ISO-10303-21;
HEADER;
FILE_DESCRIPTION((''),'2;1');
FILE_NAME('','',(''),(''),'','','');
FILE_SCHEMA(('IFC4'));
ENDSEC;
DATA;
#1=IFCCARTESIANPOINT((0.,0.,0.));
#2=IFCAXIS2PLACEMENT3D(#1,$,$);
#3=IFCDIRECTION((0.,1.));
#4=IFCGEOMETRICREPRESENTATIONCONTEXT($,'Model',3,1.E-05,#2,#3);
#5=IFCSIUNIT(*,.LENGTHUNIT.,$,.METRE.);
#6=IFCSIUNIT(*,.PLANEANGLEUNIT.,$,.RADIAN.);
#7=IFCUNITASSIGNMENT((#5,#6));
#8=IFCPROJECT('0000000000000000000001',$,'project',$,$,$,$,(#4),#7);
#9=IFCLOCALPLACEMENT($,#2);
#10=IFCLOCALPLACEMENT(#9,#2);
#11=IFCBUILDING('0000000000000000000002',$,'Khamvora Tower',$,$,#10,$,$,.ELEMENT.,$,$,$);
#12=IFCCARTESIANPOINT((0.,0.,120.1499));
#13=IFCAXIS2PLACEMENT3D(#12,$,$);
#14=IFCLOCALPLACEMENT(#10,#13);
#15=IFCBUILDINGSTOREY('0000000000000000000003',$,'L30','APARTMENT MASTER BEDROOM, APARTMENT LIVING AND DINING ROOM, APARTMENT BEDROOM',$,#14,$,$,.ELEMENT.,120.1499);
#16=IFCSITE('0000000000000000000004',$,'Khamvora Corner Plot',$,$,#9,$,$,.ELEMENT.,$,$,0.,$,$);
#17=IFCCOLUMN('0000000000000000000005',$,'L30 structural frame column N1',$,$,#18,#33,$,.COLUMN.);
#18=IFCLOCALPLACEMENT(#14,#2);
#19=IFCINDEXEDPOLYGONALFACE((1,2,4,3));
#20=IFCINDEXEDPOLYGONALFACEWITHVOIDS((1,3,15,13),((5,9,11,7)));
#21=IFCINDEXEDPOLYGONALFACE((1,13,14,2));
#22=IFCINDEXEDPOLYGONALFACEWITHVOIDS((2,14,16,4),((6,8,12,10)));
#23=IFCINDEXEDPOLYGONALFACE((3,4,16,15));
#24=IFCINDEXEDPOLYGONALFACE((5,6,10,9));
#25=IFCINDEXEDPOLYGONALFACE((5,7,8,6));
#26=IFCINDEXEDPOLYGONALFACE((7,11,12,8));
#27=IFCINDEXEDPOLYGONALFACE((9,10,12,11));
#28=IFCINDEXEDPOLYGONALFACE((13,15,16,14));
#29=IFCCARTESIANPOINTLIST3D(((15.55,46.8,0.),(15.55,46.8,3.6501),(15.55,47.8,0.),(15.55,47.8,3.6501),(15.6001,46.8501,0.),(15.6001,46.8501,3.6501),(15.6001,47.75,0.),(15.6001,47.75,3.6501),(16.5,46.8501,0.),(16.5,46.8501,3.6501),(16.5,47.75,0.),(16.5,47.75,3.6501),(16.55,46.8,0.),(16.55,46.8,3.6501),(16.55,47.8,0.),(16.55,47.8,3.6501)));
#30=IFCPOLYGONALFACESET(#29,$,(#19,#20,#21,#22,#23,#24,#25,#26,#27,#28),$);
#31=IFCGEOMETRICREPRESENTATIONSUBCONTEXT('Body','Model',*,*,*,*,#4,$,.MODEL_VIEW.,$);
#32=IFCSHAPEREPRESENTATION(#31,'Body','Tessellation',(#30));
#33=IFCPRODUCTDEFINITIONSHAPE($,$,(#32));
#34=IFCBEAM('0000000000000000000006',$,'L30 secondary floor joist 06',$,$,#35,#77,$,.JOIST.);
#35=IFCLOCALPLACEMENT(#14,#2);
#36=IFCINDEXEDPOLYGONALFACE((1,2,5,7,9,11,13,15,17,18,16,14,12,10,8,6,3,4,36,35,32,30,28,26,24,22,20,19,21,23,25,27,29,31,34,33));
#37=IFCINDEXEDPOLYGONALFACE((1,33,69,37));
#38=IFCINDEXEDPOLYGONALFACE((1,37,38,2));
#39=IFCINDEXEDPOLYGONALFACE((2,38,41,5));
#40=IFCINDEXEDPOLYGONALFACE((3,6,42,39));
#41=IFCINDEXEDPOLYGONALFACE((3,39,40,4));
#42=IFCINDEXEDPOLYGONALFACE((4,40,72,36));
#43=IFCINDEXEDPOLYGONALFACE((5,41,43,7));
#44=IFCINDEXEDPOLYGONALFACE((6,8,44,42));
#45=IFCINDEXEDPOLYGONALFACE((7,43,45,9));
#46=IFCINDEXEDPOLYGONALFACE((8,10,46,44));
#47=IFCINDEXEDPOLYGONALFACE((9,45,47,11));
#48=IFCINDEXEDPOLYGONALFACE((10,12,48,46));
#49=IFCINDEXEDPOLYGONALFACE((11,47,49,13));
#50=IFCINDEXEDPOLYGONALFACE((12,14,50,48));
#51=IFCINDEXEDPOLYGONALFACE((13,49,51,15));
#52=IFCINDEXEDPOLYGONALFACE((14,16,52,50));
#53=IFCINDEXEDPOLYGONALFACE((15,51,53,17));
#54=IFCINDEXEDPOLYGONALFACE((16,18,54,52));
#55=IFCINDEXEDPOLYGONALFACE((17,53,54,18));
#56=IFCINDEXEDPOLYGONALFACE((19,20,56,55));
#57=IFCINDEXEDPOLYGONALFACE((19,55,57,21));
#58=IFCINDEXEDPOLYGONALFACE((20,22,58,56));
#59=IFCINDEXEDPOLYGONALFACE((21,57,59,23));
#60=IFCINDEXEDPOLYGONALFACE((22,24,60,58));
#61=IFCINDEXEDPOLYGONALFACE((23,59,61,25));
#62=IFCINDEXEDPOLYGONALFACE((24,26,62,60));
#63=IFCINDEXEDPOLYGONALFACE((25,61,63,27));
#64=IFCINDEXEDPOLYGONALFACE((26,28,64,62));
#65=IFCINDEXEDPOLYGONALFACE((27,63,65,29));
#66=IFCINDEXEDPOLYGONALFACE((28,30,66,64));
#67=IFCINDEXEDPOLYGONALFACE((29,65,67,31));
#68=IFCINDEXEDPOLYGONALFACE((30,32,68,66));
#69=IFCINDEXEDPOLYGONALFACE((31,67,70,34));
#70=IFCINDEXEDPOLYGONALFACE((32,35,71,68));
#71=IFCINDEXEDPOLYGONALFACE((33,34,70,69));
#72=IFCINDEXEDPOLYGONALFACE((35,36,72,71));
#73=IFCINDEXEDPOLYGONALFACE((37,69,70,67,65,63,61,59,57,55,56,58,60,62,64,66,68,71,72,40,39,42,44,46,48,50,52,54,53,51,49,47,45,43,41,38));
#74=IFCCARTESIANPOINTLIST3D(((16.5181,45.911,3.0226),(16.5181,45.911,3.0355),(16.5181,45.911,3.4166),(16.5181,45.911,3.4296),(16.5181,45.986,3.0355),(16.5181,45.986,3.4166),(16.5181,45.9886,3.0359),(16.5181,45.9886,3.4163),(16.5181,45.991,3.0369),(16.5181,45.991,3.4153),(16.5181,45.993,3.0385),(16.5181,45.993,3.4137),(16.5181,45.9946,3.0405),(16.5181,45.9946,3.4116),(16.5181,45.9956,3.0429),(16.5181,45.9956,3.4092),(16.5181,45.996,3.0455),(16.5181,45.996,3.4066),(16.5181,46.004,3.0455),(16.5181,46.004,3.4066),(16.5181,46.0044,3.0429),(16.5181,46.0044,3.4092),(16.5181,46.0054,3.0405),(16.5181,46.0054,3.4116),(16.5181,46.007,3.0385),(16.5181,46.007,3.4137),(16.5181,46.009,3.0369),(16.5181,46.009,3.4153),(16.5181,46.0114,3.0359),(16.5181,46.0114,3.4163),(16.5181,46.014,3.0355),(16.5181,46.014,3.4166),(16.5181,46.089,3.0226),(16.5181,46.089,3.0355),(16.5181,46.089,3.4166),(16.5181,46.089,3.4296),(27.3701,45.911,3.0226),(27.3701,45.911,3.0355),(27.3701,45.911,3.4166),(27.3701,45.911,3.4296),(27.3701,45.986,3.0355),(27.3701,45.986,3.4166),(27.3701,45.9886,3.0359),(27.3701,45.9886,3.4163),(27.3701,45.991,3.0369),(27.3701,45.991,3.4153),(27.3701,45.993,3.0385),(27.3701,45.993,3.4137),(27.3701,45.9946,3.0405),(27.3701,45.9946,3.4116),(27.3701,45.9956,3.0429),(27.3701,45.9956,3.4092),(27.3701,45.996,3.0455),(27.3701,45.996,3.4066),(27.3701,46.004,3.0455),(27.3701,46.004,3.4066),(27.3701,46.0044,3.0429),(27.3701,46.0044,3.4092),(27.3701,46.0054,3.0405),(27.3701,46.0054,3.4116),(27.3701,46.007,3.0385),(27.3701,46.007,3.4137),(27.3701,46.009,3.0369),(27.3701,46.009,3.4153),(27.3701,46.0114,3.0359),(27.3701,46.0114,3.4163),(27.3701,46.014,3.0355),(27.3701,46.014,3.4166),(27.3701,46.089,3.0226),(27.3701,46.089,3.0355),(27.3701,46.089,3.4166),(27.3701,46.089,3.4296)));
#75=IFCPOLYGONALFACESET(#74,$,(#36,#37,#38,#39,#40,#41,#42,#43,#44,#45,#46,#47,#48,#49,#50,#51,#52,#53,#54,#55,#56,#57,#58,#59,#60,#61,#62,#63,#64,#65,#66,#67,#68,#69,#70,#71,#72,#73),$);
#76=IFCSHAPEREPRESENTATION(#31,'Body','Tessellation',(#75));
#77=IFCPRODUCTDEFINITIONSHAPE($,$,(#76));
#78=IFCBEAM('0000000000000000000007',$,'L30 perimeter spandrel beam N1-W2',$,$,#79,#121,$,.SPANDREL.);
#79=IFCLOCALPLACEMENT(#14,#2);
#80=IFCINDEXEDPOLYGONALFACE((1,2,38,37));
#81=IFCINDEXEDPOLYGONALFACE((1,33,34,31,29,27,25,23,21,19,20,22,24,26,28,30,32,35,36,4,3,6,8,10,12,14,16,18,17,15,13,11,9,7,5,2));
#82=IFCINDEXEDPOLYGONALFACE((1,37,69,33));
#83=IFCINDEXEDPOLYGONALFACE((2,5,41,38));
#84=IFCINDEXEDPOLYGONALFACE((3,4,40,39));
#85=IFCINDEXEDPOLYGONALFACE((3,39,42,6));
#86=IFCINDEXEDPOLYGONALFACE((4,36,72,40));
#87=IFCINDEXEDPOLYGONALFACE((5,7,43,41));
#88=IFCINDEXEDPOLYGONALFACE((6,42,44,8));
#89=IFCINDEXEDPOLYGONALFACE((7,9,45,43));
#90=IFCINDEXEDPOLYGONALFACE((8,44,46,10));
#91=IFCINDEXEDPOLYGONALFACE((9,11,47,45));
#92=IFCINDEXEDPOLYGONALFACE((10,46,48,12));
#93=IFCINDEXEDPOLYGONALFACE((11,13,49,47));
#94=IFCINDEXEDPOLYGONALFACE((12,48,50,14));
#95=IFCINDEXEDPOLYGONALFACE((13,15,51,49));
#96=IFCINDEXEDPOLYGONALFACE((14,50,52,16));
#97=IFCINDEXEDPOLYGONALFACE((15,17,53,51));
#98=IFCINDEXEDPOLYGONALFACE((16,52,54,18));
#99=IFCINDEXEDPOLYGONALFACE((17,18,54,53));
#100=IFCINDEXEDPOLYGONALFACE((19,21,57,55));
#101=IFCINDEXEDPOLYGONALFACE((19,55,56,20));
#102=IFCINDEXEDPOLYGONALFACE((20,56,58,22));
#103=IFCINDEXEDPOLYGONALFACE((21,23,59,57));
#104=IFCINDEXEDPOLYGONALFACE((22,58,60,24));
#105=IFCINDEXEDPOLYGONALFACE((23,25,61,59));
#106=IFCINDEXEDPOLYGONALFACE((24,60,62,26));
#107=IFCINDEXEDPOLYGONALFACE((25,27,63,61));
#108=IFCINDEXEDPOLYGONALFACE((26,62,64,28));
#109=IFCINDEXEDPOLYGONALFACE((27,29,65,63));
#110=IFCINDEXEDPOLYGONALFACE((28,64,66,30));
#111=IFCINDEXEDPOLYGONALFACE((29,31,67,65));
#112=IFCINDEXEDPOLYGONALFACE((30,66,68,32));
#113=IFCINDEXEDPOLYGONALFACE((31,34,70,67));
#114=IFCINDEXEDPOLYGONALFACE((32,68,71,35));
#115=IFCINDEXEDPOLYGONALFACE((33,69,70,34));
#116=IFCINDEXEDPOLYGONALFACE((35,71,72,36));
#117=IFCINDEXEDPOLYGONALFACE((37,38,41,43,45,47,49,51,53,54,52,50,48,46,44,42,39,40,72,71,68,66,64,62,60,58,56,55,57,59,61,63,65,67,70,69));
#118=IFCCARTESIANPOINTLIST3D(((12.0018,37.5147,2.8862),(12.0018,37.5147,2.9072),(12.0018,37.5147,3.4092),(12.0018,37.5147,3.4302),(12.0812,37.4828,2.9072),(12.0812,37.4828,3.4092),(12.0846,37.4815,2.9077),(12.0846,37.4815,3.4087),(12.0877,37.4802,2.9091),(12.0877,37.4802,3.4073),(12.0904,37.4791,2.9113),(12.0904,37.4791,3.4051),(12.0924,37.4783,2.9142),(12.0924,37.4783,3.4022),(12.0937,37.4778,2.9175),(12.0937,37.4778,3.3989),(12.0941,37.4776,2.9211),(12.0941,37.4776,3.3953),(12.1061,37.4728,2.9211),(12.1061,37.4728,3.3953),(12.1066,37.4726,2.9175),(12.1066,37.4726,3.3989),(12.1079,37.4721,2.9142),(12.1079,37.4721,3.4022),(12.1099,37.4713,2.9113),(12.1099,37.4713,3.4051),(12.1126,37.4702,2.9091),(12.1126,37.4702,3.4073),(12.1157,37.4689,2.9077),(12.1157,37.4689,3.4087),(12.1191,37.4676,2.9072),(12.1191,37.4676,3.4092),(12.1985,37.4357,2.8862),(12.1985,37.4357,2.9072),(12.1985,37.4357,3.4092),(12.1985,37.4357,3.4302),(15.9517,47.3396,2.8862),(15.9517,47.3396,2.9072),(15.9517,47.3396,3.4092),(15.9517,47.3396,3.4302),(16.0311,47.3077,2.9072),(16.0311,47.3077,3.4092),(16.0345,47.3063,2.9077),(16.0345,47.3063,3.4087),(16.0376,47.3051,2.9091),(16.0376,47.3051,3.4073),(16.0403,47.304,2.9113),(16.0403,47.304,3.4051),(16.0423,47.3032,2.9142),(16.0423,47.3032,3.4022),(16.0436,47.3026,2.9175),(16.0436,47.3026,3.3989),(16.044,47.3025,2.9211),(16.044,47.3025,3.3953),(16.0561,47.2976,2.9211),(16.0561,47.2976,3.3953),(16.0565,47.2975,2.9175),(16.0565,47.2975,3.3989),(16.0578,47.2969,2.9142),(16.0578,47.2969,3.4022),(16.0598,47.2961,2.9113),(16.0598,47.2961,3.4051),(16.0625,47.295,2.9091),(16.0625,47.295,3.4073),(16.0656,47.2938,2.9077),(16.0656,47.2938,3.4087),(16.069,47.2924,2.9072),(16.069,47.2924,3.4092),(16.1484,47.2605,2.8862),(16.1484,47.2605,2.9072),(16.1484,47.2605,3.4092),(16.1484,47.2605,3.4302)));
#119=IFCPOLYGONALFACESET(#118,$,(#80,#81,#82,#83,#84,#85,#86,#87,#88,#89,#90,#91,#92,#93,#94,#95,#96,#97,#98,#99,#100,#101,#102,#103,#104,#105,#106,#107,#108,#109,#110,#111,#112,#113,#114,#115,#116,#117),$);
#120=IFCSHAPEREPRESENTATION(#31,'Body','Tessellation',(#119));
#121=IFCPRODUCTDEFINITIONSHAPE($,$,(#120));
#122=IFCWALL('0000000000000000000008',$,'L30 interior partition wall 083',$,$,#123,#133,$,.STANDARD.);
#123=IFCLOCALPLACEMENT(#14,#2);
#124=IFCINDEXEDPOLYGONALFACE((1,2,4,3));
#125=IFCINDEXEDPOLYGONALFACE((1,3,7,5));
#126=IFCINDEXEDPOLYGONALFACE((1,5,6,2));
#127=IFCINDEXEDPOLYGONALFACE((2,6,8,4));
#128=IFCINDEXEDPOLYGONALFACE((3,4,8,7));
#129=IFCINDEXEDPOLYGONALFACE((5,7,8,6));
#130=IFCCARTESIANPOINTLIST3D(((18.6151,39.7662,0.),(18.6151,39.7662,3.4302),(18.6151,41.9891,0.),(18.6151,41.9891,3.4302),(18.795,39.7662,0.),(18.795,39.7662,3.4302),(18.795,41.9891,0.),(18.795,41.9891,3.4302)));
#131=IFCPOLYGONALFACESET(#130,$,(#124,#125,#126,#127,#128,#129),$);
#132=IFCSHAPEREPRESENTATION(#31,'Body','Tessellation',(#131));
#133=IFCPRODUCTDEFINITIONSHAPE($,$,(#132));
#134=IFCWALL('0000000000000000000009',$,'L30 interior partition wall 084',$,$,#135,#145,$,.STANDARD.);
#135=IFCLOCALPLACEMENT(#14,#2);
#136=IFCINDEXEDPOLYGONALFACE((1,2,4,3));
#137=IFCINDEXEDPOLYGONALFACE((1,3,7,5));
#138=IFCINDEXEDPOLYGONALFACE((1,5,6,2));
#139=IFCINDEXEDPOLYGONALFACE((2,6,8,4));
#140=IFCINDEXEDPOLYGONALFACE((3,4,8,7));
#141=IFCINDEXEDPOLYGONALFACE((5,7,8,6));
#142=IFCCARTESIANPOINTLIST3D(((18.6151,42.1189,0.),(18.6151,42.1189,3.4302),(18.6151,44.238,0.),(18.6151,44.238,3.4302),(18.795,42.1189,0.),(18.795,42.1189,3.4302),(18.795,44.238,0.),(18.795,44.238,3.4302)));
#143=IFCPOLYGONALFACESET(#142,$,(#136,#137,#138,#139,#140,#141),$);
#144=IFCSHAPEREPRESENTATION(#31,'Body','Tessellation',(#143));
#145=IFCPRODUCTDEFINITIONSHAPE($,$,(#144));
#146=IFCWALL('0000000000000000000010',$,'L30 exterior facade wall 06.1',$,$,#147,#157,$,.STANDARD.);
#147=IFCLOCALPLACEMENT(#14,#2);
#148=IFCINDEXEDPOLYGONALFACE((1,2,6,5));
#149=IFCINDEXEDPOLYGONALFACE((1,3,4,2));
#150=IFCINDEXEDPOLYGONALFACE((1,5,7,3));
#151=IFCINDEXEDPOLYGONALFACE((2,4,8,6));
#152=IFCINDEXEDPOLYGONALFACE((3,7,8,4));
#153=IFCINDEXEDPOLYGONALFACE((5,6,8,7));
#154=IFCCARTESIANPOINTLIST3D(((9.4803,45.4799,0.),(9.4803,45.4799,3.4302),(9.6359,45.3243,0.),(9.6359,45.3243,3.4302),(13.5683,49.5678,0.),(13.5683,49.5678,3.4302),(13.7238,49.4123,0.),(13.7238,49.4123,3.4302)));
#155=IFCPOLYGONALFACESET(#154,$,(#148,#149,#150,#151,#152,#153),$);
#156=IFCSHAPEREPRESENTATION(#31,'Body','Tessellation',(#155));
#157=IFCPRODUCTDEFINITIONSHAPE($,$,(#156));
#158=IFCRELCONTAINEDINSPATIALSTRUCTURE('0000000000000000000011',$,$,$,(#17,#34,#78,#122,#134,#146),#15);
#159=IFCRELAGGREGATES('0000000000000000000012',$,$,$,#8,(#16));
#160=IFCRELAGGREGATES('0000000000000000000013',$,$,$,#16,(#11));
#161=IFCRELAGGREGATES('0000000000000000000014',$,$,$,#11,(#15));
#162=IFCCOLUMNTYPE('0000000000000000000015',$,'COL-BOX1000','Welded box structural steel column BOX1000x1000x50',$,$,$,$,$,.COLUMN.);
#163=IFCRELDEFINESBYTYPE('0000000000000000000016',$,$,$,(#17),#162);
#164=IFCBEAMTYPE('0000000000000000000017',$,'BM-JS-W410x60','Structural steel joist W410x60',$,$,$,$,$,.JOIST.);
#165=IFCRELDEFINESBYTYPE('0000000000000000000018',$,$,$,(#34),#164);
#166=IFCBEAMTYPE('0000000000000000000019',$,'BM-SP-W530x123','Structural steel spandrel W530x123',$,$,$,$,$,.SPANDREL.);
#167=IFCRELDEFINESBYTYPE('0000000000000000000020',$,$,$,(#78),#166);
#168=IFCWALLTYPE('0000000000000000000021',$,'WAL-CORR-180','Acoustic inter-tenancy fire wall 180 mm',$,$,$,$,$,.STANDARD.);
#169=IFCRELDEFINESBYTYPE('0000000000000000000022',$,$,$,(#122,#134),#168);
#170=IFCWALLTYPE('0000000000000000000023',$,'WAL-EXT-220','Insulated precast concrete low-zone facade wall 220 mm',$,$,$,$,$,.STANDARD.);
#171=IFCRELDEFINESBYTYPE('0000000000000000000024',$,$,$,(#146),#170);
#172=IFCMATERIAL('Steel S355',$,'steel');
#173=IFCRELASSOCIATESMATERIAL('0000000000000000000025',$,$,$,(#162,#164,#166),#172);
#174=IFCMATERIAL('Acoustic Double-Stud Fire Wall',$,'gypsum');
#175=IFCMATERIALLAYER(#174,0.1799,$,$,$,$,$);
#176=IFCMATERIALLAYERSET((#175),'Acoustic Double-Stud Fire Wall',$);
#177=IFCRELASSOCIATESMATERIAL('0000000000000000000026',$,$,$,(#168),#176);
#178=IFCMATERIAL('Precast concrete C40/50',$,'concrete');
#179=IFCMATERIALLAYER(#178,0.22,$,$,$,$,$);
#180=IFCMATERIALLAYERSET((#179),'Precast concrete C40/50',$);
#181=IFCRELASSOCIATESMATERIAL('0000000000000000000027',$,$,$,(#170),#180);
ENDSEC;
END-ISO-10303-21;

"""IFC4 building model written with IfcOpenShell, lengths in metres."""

from ifc_helpers import new_model, si_unit, direction, frame, frame_2d, origin, origin_2d, place, context, subcontext, project, spatial, rectangle, hollow_rectangle, i_section, extrude, material, layer, layer_set, material_profile, profile_set, type_object, element, save


model = new_model("IFC4")

# Units and contexts
model_context = context("Model", 3, precision=1e-05, world=origin(), true_north=direction((0.0, 1.0)))
body_context = subcontext(model_context, "Body", "Model", "MODEL_VIEW")
ifc_project = project(units=[si_unit("LENGTHUNIT", "METRE"), si_unit("PLANEANGLEUNIT", "RADIAN")], contexts=[model_context])

# Site, building, storey
site_placement = place(None, origin())
site = spatial("IfcSite", under=ifc_project, at=site_placement, Name="Khamvora Corner Plot", CompositionType="ELEMENT", RefElevation=0.0)
building_placement = place(site_placement, origin())
building = spatial("IfcBuilding", under=site, at=building_placement, Name="Khamvora Tower", CompositionType="ELEMENT")
storey_placement = place(building_placement, frame((0.0, 0.0, 120.1499)))
storey = spatial("IfcBuildingStorey", under=building, at=storey_placement, Name="L30", Description="APARTMENT MASTER BEDROOM, APARTMENT LIVING AND DINING ROOM, APARTMENT BEDROOM", CompositionType="ELEMENT", Elevation=120.1499)

# Column
ifc_material_1 = material(Name="Steel S355", Category="steel")
ifc_material_profile_1 = material_profile(ifc_material_1, hollow_rectangle(XDim=1.0, YDim=1.0, WallThickness=0.05, at=origin_2d()), Name="BOX1000x1000x50")
ifc_profile_set_1 = profile_set([ifc_material_profile_1], Name="Steel S355")
column_type = type_object("IfcColumnType", Name="COL-BOX1000", Description="Welded box structural steel column BOX1000x1000x50", PredefinedType="COLUMN", material=ifc_profile_set_1)
column_placement = place(storey_placement, frame((16.05, 47.3, 0.0), z_axis=(0.0, 0.0, 1.0), x_axis=(1.0, 0.0, 0.0)))
element("IfcColumn", 1, at=column_placement, inside=storey, type_object=column_type, Name="L30 structural frame column N1", PredefinedType="COLUMN", context=body_context, shape_type="SweptSolid", body=[
    extrude(hollow_rectangle(XDim=1.0, YDim=1.0, WallThickness=0.05, at=origin_2d()), origin(), (0.0, 0.0, 1.0), 3.6501),
])

# Beams
ifc_material_profile_2 = material_profile(ifc_material_1, i_section(OverallWidth=0.178, OverallDepth=0.407, WebThickness=0.0081, FlangeThickness=0.0129, FilletRadius=0.01, at=origin_2d()), Name="W410x60")
ifc_profile_set_2 = profile_set([ifc_material_profile_2], Name="Steel S355")
beam_type_1 = type_object("IfcBeamType", Name="BM-JS-W410x60", Description="Structural steel joist W410x60", PredefinedType="JOIST", material=ifc_profile_set_2)
beam_1_placement = place(storey_placement, frame((16.5181, 46.0, 3.2261), z_axis=(1.0, 0.0, 0.0), x_axis=(0.0, 1.0, 0.0)))
element("IfcBeam", 2, at=beam_1_placement, inside=storey, type_object=beam_type_1, Name="L30 secondary floor joist 06", PredefinedType="JOIST", context=body_context, shape_type="SweptSolid", body=[
    extrude(i_section(OverallWidth=0.178, OverallDepth=0.407, WebThickness=0.0081, FlangeThickness=0.0129, FilletRadius=0.01, at=origin_2d()), origin(), (0.0, 0.0, 1.0), 10.8521),
])
ifc_material_profile_3 = material_profile(ifc_material_1, i_section(OverallWidth=0.2119, OverallDepth=0.5439, WebThickness=0.0129, FlangeThickness=0.021, FilletRadius=0.0139, at=origin_2d()), Name="W530x123")
ifc_profile_set_3 = profile_set([ifc_material_profile_3], Name="Steel S355")
beam_type_2 = type_object("IfcBeamType", Name="BM-SP-W530x123", Description="Structural steel spandrel W530x123", PredefinedType="SPANDREL", material=ifc_profile_set_3)
beam_2_placement = place(storey_placement, frame((16.05, 47.3, 3.1582), z_axis=(-0.373016, -0.927825, 0.0), x_axis=(0.927825, -0.373016, 0.0)))
element("IfcBeam", 3, at=beam_2_placement, inside=storey, type_object=beam_type_2, Name="L30 perimeter spandrel beam N1-W2", PredefinedType="SPANDREL", context=body_context, shape_type="SweptSolid", body=[
    extrude(i_section(OverallWidth=0.2119, OverallDepth=0.5439, WebThickness=0.0129, FlangeThickness=0.021, FilletRadius=0.0139, at=origin_2d()), origin(), (0.0, 0.0, 1.0), 10.5891),
])

# Walls
ifc_material_2 = material(Name="Acoustic Double-Stud Fire Wall", Category="gypsum")
ifc_layer_1 = layer(ifc_material_2, 0.1799)
ifc_layer_set_1 = layer_set([ifc_layer_1], Name="Acoustic Double-Stud Fire Wall")
wall_type_1 = type_object("IfcWallType", Name="WAL-CORR-180", Description="Acoustic inter-tenancy fire wall 180 mm", PredefinedType="STANDARD", material=ifc_layer_set_1)
wall_1_placement = place(storey_placement, frame((18.7051, 41.989, 0.0), z_axis=(0.0, 0.0, 1.0), x_axis=(0.0, -1.0, 0.0)))
element("IfcWall", 4, at=wall_1_placement, inside=storey, type_object=wall_type_1, Name="L30 interior partition wall 083", PredefinedType="STANDARD", context=body_context, shape_type="SweptSolid", body=[
    extrude(rectangle(XDim=2.2229, YDim=0.1799, at=frame_2d((1.1113, 0.0))), origin(), (0.0, 0.0, 1.0), 3.4302),
])
wall_2_placement = place(storey_placement, frame((18.7051, 44.238, 0.0), z_axis=(0.0, 0.0, 1.0), x_axis=(0.0, -1.0, 0.0)))
element("IfcWall", 5, at=wall_2_placement, inside=storey, type_object=wall_type_1, Name="L30 interior partition wall 084", PredefinedType="STANDARD", context=body_context, shape_type="SweptSolid", body=[
    extrude(rectangle(XDim=2.1191, YDim=0.1799, at=frame_2d((1.0596, 0.0))), origin(), (0.0, 0.0, 1.0), 3.4302),
])
ifc_material_3 = material(Name="Precast concrete C40/50", Category="concrete")
ifc_layer_2 = layer(ifc_material_3, 0.22)
ifc_layer_set_2 = layer_set([ifc_layer_2], Name="Precast concrete C40/50")
wall_type_2 = type_object("IfcWallType", Name="WAL-EXT-220", Description="Insulated precast concrete low-zone facade wall 220 mm", PredefinedType="STANDARD", material=ifc_layer_set_2)
wall_3_placement = place(storey_placement, frame((9.5581, 45.4021, 0.0), z_axis=(0.0, 0.0, 1.0), x_axis=(0.707107, 0.707107, 0.0)))
element("IfcWall", 6, at=wall_3_placement, inside=storey, type_object=wall_type_2, Name="L30 exterior facade wall 06.1", PredefinedType="STANDARD", context=body_context, shape_type="SweptSolid", body=[
    extrude(rectangle(XDim=5.7812, YDim=0.22, at=frame_2d((2.8906, 0.0))), origin(), (0.0, 0.0, 1.0), 3.4302),
])

save(model, "model.ifc")
